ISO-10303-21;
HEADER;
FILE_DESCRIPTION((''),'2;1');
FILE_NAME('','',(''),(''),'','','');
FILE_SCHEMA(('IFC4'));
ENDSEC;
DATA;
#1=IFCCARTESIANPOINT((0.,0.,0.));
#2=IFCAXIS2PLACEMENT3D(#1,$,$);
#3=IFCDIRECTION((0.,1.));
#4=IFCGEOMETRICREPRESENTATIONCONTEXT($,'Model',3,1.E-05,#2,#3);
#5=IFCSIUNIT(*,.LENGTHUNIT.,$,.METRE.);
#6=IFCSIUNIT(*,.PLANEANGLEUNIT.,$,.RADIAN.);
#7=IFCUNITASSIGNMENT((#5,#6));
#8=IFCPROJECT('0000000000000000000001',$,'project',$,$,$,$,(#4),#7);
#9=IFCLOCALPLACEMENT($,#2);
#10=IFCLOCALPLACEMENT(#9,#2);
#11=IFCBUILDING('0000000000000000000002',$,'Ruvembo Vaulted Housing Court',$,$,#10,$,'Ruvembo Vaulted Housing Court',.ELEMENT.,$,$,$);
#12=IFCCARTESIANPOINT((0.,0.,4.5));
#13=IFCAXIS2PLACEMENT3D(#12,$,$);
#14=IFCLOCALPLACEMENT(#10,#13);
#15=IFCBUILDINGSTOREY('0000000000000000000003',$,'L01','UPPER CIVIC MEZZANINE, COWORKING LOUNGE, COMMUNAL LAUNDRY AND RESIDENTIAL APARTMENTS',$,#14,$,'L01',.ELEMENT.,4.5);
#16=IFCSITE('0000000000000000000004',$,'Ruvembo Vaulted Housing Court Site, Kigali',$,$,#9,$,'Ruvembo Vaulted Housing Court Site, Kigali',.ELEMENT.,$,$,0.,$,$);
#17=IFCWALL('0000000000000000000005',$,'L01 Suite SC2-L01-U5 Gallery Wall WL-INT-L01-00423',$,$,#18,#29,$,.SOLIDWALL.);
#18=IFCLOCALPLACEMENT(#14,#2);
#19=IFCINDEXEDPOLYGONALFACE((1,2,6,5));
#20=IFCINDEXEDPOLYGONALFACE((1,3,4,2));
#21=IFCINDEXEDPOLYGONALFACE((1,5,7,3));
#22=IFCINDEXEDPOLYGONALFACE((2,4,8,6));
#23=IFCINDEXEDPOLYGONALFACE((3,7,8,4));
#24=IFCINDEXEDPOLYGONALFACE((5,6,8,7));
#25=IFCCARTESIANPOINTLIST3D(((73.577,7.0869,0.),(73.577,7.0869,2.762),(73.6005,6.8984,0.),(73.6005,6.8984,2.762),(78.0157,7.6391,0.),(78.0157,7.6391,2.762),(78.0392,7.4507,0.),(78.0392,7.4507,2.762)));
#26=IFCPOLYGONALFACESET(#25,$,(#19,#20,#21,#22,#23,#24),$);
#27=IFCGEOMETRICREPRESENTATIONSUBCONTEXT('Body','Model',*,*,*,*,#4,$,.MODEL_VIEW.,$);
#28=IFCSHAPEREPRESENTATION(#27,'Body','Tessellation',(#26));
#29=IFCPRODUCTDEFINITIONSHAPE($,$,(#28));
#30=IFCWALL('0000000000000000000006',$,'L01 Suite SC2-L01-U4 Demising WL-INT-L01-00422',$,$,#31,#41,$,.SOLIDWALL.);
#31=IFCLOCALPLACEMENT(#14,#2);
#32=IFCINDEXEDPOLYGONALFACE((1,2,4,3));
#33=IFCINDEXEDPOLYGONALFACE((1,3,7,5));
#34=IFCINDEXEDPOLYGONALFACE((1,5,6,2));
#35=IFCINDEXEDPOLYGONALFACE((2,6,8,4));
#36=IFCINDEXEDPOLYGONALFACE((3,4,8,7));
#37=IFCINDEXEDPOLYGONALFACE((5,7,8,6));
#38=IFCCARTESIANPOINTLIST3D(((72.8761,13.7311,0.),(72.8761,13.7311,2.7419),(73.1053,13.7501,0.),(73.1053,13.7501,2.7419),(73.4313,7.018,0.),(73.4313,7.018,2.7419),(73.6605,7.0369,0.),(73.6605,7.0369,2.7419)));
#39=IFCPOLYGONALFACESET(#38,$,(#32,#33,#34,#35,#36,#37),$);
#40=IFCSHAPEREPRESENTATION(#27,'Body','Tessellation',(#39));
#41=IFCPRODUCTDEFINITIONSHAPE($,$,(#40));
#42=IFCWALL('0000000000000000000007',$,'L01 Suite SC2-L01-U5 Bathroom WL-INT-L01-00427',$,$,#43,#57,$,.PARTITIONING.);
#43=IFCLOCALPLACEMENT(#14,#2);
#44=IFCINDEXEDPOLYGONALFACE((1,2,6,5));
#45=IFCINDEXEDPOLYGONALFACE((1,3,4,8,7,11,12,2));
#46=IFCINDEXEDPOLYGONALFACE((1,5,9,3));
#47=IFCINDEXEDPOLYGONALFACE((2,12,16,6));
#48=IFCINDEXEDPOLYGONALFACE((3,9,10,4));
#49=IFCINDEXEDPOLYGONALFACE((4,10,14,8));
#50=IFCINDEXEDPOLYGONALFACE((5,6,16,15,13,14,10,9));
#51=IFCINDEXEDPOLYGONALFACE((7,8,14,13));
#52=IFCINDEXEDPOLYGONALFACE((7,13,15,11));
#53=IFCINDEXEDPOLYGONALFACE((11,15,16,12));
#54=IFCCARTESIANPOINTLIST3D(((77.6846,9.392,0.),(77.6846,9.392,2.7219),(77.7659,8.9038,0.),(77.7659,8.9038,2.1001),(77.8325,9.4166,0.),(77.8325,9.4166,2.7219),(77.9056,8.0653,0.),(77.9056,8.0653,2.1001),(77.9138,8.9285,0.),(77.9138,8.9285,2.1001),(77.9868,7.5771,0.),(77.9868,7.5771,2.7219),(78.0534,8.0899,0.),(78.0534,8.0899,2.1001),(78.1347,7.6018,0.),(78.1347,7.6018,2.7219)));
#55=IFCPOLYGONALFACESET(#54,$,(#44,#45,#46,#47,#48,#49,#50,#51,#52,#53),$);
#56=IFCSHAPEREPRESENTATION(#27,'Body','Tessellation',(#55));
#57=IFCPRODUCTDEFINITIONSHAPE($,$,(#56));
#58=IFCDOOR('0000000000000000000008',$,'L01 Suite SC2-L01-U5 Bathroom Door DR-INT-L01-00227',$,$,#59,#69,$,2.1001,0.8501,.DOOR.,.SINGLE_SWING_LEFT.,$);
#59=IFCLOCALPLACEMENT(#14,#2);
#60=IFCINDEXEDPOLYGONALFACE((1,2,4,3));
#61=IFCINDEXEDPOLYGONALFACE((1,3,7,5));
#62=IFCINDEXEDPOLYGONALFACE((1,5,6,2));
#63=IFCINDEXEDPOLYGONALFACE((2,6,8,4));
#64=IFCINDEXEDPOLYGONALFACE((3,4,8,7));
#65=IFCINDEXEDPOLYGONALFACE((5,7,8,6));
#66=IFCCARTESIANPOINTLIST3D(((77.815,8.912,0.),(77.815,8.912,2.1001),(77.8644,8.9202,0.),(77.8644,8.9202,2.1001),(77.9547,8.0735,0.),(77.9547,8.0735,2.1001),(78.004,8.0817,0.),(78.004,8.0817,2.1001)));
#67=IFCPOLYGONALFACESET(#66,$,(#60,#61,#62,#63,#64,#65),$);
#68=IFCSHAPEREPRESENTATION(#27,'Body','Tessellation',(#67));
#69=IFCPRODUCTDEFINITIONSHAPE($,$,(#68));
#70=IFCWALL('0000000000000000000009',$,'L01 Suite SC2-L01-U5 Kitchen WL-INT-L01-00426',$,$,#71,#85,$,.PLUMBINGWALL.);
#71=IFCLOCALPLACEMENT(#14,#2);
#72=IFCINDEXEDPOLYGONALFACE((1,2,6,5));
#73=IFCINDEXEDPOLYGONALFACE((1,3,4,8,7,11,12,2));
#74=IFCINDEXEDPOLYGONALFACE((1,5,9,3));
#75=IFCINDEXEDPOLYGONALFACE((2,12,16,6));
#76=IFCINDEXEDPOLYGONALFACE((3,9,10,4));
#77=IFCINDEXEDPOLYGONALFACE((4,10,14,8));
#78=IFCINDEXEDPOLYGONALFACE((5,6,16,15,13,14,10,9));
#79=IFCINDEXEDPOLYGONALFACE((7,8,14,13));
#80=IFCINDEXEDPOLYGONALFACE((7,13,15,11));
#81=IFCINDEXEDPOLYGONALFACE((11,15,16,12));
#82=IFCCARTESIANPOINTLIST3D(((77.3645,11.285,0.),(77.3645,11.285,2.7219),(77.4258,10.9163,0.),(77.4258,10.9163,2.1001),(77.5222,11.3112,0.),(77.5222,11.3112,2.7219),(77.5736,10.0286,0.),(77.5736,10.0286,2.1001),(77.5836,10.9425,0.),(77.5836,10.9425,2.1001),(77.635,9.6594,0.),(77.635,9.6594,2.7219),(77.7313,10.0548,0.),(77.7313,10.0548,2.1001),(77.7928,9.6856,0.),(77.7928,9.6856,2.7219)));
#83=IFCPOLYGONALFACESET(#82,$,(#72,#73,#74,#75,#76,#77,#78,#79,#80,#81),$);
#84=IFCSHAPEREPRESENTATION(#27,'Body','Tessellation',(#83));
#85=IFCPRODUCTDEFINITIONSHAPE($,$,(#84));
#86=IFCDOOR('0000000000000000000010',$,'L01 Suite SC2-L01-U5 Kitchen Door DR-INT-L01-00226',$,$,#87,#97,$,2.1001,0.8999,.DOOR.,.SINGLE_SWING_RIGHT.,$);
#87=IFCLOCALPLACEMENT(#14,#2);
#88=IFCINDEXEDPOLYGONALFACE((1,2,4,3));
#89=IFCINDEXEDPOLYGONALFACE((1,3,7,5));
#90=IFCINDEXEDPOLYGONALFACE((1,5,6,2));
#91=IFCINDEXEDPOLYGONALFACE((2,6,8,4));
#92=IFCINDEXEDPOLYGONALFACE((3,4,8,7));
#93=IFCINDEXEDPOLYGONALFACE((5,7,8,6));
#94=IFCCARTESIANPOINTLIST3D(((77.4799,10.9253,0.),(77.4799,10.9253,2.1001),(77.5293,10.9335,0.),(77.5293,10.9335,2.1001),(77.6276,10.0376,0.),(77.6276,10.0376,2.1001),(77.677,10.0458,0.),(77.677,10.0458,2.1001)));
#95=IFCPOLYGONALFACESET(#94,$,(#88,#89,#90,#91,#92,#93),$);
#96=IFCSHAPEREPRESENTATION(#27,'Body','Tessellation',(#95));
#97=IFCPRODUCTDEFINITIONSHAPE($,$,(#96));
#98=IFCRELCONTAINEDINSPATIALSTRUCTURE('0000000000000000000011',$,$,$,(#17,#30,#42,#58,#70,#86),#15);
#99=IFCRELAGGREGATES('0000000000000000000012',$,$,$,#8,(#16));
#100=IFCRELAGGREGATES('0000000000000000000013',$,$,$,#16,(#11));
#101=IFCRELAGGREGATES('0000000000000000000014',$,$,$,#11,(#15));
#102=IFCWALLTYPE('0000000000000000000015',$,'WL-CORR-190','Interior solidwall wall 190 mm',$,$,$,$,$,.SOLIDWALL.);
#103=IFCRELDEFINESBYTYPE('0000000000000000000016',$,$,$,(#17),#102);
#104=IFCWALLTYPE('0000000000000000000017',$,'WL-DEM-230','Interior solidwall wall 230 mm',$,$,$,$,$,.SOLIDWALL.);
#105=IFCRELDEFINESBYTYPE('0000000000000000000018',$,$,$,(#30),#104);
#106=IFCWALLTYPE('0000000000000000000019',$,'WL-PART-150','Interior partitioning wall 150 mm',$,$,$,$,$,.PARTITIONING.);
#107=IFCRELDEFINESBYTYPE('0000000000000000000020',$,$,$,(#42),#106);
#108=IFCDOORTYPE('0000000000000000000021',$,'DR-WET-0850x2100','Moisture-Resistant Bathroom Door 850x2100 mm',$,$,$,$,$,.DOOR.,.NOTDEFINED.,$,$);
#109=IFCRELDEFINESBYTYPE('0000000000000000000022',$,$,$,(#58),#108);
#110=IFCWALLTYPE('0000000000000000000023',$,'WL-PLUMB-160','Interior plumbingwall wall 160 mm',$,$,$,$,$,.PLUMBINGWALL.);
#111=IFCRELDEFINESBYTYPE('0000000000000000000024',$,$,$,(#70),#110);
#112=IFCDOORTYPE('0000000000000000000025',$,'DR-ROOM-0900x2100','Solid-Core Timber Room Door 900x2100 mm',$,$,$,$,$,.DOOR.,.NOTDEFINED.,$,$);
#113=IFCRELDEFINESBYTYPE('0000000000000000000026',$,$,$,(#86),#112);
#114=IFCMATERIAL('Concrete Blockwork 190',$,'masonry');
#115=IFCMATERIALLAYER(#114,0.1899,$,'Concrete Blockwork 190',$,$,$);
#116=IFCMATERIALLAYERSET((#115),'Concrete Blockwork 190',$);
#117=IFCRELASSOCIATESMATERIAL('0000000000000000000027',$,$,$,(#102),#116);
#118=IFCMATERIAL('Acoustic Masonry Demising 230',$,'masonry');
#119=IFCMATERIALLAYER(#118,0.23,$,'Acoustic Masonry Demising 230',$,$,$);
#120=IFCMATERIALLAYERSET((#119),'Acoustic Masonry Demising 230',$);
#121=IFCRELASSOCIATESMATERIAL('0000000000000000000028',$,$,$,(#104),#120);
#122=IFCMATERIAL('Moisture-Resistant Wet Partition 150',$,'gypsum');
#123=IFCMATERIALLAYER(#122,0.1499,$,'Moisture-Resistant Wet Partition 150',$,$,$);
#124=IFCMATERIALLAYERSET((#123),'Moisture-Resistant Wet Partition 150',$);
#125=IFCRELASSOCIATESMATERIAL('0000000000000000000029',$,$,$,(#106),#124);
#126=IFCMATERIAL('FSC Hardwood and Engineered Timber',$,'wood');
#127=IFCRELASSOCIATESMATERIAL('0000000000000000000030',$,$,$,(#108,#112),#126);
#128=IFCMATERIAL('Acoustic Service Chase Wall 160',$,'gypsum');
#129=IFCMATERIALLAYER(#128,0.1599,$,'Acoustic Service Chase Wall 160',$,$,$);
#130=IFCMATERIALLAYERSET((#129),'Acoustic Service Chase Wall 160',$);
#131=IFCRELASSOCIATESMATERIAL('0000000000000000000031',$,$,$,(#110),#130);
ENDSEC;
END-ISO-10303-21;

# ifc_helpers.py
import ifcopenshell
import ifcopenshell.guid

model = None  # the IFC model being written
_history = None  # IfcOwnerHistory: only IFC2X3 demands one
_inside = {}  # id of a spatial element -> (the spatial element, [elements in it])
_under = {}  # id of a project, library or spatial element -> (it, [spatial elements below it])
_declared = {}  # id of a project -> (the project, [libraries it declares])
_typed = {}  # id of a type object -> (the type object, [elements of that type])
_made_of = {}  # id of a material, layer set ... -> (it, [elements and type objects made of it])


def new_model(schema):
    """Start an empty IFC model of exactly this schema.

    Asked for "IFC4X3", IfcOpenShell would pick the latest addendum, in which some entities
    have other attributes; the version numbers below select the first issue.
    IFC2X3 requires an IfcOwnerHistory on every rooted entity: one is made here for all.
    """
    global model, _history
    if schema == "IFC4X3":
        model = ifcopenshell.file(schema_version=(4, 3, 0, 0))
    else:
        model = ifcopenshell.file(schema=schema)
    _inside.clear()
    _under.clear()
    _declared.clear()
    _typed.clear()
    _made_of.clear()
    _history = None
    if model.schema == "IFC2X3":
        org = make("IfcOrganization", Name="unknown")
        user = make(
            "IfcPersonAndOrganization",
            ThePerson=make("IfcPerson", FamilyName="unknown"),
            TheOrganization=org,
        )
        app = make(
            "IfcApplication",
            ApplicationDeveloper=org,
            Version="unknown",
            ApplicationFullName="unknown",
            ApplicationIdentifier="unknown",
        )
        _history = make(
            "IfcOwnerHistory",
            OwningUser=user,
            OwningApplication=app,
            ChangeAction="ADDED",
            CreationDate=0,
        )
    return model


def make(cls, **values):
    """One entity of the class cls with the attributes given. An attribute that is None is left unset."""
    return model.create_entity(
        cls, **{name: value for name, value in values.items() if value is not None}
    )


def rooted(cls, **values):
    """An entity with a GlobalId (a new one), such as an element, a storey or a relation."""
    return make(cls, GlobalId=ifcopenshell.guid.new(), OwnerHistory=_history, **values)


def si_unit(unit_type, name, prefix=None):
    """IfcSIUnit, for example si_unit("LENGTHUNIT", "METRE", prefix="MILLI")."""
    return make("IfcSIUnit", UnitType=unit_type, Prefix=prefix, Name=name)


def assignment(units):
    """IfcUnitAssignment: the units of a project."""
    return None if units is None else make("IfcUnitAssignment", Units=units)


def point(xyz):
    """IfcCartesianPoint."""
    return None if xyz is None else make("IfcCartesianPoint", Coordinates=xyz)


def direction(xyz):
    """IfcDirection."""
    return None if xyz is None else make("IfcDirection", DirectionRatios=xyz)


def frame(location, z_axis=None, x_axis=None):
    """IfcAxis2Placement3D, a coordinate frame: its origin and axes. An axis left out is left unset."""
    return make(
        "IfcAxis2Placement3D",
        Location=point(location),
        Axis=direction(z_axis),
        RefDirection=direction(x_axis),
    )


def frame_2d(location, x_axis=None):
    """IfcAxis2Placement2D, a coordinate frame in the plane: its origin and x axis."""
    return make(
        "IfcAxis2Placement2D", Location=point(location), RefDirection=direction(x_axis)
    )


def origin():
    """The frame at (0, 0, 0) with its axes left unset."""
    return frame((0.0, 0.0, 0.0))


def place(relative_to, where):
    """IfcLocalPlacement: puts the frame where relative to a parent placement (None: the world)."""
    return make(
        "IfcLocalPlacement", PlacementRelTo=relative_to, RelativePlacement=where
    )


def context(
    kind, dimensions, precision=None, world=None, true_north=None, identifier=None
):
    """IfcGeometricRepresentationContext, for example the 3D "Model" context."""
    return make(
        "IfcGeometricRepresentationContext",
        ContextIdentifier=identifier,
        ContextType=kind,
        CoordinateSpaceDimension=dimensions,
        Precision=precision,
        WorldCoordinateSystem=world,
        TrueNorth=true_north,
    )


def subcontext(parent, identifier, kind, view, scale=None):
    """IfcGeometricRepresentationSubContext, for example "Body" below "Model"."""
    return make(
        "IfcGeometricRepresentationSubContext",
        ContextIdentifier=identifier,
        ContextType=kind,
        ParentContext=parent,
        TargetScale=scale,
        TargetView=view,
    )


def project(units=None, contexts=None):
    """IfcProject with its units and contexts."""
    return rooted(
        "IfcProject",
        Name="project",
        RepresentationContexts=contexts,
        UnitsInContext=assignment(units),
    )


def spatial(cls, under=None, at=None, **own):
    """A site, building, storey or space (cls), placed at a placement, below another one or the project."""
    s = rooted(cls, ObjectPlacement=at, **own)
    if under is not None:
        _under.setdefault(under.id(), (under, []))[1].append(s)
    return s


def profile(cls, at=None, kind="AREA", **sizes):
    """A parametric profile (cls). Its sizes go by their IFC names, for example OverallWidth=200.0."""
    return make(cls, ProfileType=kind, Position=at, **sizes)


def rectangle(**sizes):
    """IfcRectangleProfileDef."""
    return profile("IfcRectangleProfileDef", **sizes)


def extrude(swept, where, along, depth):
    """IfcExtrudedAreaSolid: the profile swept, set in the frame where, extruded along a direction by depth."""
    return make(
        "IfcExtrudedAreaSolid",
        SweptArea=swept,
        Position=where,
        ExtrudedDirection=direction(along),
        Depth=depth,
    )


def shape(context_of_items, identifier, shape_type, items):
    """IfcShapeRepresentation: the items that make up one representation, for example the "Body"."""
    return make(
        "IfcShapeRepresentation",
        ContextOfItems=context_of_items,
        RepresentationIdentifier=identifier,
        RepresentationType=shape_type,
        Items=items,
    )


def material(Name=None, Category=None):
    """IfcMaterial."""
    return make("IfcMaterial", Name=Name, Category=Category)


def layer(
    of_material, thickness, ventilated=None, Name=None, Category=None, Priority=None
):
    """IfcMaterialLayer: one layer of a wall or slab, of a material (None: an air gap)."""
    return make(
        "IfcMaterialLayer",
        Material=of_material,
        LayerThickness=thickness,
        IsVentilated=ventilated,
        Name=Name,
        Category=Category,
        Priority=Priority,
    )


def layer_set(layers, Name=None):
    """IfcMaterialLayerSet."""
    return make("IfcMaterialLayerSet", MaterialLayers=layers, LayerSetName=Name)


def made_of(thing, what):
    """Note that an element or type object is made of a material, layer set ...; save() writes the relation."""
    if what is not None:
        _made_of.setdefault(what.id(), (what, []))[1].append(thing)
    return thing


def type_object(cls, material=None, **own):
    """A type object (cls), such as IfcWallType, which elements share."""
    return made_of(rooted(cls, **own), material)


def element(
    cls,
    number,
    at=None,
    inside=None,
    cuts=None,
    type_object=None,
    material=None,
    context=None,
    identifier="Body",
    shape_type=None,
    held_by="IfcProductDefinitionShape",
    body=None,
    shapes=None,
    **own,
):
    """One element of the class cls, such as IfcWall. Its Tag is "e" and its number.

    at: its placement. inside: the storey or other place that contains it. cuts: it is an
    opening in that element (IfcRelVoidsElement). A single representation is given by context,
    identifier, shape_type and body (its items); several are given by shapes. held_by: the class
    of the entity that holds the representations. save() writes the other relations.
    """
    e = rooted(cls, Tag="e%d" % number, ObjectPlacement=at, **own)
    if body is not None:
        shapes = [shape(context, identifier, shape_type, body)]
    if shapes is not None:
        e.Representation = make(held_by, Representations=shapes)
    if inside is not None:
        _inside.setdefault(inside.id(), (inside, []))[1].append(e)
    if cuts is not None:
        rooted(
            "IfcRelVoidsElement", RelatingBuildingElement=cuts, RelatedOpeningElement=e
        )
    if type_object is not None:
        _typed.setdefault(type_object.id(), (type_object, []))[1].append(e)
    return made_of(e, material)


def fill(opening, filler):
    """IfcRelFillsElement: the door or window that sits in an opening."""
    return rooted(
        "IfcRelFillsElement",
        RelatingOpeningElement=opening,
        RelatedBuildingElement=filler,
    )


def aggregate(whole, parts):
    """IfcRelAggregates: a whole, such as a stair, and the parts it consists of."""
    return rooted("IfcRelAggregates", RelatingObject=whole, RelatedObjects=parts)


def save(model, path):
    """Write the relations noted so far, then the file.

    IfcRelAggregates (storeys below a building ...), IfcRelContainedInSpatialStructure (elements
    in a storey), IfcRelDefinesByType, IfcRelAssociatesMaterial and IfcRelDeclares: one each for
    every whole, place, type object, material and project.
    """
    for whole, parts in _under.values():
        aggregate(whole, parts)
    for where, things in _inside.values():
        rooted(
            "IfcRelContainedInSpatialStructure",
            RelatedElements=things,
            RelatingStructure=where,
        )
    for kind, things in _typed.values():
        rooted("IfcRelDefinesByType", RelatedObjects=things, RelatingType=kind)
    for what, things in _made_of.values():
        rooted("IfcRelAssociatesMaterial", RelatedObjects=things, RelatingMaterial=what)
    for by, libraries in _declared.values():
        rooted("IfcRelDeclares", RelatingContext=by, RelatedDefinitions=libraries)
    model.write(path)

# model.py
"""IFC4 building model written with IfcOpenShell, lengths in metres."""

from ifc_helpers import new_model, si_unit, direction, frame, frame_2d, origin, place, context, subcontext, project, spatial, rectangle, extrude, material, layer, layer_set, type_object, element, fill, save


model = new_model("IFC4")

# Units and contexts
model_context = context("Model", 3, precision=1e-05, world=origin(), true_north=direction((0.0, 1.0)))
body_context = subcontext(model_context, "Body", "Model", "MODEL_VIEW")
ifc_project = project(units=[si_unit("LENGTHUNIT", "METRE"), si_unit("PLANEANGLEUNIT", "RADIAN")], contexts=[model_context])

# Site, building, storey
site_placement = place(None, origin())
site = spatial("IfcSite", under=ifc_project, at=site_placement, Name="Ruvembo Vaulted Housing Court Site, Kigali", LongName="Ruvembo Vaulted Housing Court Site, Kigali", CompositionType="ELEMENT", RefElevation=0.0)
building_placement = place(site_placement, origin())
building = spatial("IfcBuilding", under=site, at=building_placement, Name="Ruvembo Vaulted Housing Court", LongName="Ruvembo Vaulted Housing Court", CompositionType="ELEMENT")
storey_placement = place(building_placement, frame((0.0, 0.0, 4.5)))
storey = spatial("IfcBuildingStorey", under=building, at=storey_placement, Name="L01", Description="UPPER CIVIC MEZZANINE, COWORKING LOUNGE, COMMUNAL LAUNDRY AND RESIDENTIAL APARTMENTS", LongName="L01", CompositionType="ELEMENT", Elevation=4.5)

# Wall
ifc_material_1 = material(Name="Concrete Blockwork 190", Category="masonry")
ifc_layer_1 = layer(ifc_material_1, 0.1899, Name="Concrete Blockwork 190")
ifc_layer_set_1 = layer_set([ifc_layer_1], Name="Concrete Blockwork 190")
wall_type_1 = type_object("IfcWallType", Name="WL-CORR-190", Description="Interior solidwall wall 190 mm", PredefinedType="SOLIDWALL", material=ifc_layer_set_1)
wall_1_placement = place(storey_placement, frame((73.5889, 6.9927, 0.0), z_axis=(0.0, 0.0, 1.0), x_axis=(0.992349, 0.123464, 0.0)))
element("IfcWall", 1, at=wall_1_placement, inside=storey, type_object=wall_type_1, Name="L01 Suite SC2-L01-U5 Gallery Wall WL-INT-L01-00423", PredefinedType="SOLIDWALL", context=body_context, shape_type="SweptSolid", body=[
    extrude(rectangle(XDim=4.4729, YDim=0.1899, at=frame_2d((2.2363, 0.0))), origin(), (0.0, 0.0, 1.0), 2.762),
])

# Shared definitions
ifc_material_2 = material(Name="FSC Hardwood and Engineered Timber", Category="wood")

# Wall
ifc_material_3 = material(Name="Acoustic Masonry Demising 230", Category="masonry")
ifc_layer_2 = layer(ifc_material_3, 0.23, Name="Acoustic Masonry Demising 230")
ifc_layer_set_2 = layer_set([ifc_layer_2], Name="Acoustic Masonry Demising 230")
wall_type_2 = type_object("IfcWallType", Name="WL-DEM-230", Description="Interior solidwall wall 230 mm", PredefinedType="SOLIDWALL", material=ifc_layer_set_2)
wall_2_placement = place(storey_placement, frame((72.9907, 13.7407, 0.0), z_axis=(0.0, 0.0, 1.0), x_axis=(0.082419, -0.996598, 0.0)))
element("IfcWall", 2, at=wall_2_placement, inside=storey, type_object=wall_type_2, Name="L01 Suite SC2-L01-U4 Demising WL-INT-L01-00422", PredefinedType="SOLIDWALL", context=body_context, shape_type="SweptSolid", body=[
    extrude(rectangle(XDim=6.7361, YDim=0.23, at=frame_2d((3.3682, 0.0))), origin(), (0.0, 0.0, 1.0), 2.7419),
])

# Walls, openings, doors
ifc_material_4 = material(Name="Moisture-Resistant Wet Partition 150", Category="gypsum")
ifc_layer_3 = layer(ifc_material_4, 0.1499, Name="Moisture-Resistant Wet Partition 150")
ifc_layer_set_3 = layer_set([ifc_layer_3], Name="Moisture-Resistant Wet Partition 150")
wall_type_3 = type_object("IfcWallType", Name="WL-PART-150", Description="Interior partitioning wall 150 mm", PredefinedType="PARTITIONING", material=ifc_layer_set_3)
wall_3_placement = place(storey_placement, frame((77.7585, 9.4043, 0.0), z_axis=(0.0, 0.0, 1.0), x_axis=(0.16427, -0.986415, 0.0)))
wall_3 = element("IfcWall", 3, at=wall_3_placement, inside=storey, type_object=wall_type_3, Name="L01 Suite SC2-L01-U5 Bathroom WL-INT-L01-00427", PredefinedType="PARTITIONING", context=body_context, shape_type="SweptSolid", body=[
    extrude(rectangle(XDim=1.8398, YDim=0.1499, at=frame_2d((0.9199, 0.0))), origin(), (0.0, 0.0, 1.0), 2.7219),
])
opening_1_placement = place(wall_3_placement, frame((0.4949, 0.0, 0.0)))
opening_1 = element("IfcOpeningElement", 4, at=opening_1_placement, cuts=wall_3, PredefinedType="OPENING", context=body_context, shape_type="SweptSolid", body=[
    extrude(rectangle(XDim=0.8501, YDim=2.1001, at=frame_2d((0.425, 1.05))), frame((0.0, 0.085, 0.0), z_axis=(0.0, -1.0, 0.0), x_axis=(1.0, 0.0, 0.0)), (0.0, 0.0, 1.0), 0.1699),
])
door_type_1 = type_object("IfcDoorType", Name="DR-WET-0850x2100", Description="Moisture-Resistant Bathroom Door 850x2100 mm", OperationType="NOTDEFINED", PredefinedType="DOOR", material=ifc_material_2)
door_1_placement = place(opening_1_placement, origin())
door_1 = element("IfcDoor", 5, at=door_1_placement, inside=storey, type_object=door_type_1, Name="L01 Suite SC2-L01-U5 Bathroom Door DR-INT-L01-00227", OperationType="SINGLE_SWING_LEFT", OverallHeight=2.1001, OverallWidth=0.8501, PredefinedType="DOOR", context=body_context, shape_type="SweptSolid", body=[
    extrude(rectangle(XDim=0.8501, YDim=2.1001, at=frame_2d((0.425, 1.05))), frame((0.0, 0.0249, 0.0), z_axis=(0.0, -1.0, 0.0), x_axis=(1.0, 0.0, 0.0)), (0.0, 0.0, 1.0), 0.05),
])
fill(opening_1, door_1)
ifc_material_5 = material(Name="Acoustic Service Chase Wall 160", Category="gypsum")
ifc_layer_4 = layer(ifc_material_5, 0.1599, Name="Acoustic Service Chase Wall 160")
ifc_layer_set_4 = layer_set([ifc_layer_4], Name="Acoustic Service Chase Wall 160")
wall_type_4 = type_object("IfcWallType", Name="WL-PLUMB-160", Description="Interior plumbingwall wall 160 mm", PredefinedType="PLUMBINGWALL", material=ifc_layer_set_4)
wall_4_placement = place(storey_placement, frame((77.4434, 11.2981, 0.0), z_axis=(0.0, 0.0, 1.0), x_axis=(0.164159, -0.986434, 0.0)))
wall_4 = element("IfcWall", 6, at=wall_4_placement, inside=storey, type_object=wall_type_4, Name="L01 Suite SC2-L01-U5 Kitchen WL-INT-L01-00426", PredefinedType="PLUMBINGWALL", context=body_context, shape_type="SweptSolid", body=[
    extrude(rectangle(XDim=1.6479, YDim=0.1599, at=frame_2d((0.824, 0.0))), origin(), (0.0, 0.0, 1.0), 2.7219),
])
opening_2_placement = place(wall_4_placement, frame((0.3738, 0.0, 0.0)))
opening_2 = element("IfcOpeningElement", 7, at=opening_2_placement, cuts=wall_4, PredefinedType="OPENING", context=body_context, shape_type="SweptSolid", body=[
    extrude(rectangle(XDim=0.8999, YDim=2.1001, at=frame_2d((0.45, 1.05))), frame((0.0, 0.0898, 0.0), z_axis=(0.0, -1.0, 0.0), x_axis=(1.0, 0.0, 0.0)), (0.0, 0.0, 1.0), 0.1799),
])
door_type_2 = type_object("IfcDoorType", Name="DR-ROOM-0900x2100", Description="Solid-Core Timber Room Door 900x2100 mm", OperationType="NOTDEFINED", PredefinedType="DOOR", material=ifc_material_2)
door_2_placement = place(opening_2_placement, origin())
door_2 = element("IfcDoor", 8, at=door_2_placement, inside=storey, type_object=door_type_2, Name="L01 Suite SC2-L01-U5 Kitchen Door DR-INT-L01-00226", OperationType="SINGLE_SWING_RIGHT", OverallHeight=2.1001, OverallWidth=0.8999, PredefinedType="DOOR", context=body_context, shape_type="SweptSolid", body=[
    extrude(rectangle(XDim=0.8999, YDim=2.1001, at=frame_2d((0.45, 1.05))), frame((0.0, 0.0249, 0.0), z_axis=(0.0, -1.0, 0.0), x_axis=(1.0, 0.0, 0.0)), (0.0, 0.0, 1.0), 0.05),
])
fill(opening_2, door_2)

save(model, "model.ifc")
